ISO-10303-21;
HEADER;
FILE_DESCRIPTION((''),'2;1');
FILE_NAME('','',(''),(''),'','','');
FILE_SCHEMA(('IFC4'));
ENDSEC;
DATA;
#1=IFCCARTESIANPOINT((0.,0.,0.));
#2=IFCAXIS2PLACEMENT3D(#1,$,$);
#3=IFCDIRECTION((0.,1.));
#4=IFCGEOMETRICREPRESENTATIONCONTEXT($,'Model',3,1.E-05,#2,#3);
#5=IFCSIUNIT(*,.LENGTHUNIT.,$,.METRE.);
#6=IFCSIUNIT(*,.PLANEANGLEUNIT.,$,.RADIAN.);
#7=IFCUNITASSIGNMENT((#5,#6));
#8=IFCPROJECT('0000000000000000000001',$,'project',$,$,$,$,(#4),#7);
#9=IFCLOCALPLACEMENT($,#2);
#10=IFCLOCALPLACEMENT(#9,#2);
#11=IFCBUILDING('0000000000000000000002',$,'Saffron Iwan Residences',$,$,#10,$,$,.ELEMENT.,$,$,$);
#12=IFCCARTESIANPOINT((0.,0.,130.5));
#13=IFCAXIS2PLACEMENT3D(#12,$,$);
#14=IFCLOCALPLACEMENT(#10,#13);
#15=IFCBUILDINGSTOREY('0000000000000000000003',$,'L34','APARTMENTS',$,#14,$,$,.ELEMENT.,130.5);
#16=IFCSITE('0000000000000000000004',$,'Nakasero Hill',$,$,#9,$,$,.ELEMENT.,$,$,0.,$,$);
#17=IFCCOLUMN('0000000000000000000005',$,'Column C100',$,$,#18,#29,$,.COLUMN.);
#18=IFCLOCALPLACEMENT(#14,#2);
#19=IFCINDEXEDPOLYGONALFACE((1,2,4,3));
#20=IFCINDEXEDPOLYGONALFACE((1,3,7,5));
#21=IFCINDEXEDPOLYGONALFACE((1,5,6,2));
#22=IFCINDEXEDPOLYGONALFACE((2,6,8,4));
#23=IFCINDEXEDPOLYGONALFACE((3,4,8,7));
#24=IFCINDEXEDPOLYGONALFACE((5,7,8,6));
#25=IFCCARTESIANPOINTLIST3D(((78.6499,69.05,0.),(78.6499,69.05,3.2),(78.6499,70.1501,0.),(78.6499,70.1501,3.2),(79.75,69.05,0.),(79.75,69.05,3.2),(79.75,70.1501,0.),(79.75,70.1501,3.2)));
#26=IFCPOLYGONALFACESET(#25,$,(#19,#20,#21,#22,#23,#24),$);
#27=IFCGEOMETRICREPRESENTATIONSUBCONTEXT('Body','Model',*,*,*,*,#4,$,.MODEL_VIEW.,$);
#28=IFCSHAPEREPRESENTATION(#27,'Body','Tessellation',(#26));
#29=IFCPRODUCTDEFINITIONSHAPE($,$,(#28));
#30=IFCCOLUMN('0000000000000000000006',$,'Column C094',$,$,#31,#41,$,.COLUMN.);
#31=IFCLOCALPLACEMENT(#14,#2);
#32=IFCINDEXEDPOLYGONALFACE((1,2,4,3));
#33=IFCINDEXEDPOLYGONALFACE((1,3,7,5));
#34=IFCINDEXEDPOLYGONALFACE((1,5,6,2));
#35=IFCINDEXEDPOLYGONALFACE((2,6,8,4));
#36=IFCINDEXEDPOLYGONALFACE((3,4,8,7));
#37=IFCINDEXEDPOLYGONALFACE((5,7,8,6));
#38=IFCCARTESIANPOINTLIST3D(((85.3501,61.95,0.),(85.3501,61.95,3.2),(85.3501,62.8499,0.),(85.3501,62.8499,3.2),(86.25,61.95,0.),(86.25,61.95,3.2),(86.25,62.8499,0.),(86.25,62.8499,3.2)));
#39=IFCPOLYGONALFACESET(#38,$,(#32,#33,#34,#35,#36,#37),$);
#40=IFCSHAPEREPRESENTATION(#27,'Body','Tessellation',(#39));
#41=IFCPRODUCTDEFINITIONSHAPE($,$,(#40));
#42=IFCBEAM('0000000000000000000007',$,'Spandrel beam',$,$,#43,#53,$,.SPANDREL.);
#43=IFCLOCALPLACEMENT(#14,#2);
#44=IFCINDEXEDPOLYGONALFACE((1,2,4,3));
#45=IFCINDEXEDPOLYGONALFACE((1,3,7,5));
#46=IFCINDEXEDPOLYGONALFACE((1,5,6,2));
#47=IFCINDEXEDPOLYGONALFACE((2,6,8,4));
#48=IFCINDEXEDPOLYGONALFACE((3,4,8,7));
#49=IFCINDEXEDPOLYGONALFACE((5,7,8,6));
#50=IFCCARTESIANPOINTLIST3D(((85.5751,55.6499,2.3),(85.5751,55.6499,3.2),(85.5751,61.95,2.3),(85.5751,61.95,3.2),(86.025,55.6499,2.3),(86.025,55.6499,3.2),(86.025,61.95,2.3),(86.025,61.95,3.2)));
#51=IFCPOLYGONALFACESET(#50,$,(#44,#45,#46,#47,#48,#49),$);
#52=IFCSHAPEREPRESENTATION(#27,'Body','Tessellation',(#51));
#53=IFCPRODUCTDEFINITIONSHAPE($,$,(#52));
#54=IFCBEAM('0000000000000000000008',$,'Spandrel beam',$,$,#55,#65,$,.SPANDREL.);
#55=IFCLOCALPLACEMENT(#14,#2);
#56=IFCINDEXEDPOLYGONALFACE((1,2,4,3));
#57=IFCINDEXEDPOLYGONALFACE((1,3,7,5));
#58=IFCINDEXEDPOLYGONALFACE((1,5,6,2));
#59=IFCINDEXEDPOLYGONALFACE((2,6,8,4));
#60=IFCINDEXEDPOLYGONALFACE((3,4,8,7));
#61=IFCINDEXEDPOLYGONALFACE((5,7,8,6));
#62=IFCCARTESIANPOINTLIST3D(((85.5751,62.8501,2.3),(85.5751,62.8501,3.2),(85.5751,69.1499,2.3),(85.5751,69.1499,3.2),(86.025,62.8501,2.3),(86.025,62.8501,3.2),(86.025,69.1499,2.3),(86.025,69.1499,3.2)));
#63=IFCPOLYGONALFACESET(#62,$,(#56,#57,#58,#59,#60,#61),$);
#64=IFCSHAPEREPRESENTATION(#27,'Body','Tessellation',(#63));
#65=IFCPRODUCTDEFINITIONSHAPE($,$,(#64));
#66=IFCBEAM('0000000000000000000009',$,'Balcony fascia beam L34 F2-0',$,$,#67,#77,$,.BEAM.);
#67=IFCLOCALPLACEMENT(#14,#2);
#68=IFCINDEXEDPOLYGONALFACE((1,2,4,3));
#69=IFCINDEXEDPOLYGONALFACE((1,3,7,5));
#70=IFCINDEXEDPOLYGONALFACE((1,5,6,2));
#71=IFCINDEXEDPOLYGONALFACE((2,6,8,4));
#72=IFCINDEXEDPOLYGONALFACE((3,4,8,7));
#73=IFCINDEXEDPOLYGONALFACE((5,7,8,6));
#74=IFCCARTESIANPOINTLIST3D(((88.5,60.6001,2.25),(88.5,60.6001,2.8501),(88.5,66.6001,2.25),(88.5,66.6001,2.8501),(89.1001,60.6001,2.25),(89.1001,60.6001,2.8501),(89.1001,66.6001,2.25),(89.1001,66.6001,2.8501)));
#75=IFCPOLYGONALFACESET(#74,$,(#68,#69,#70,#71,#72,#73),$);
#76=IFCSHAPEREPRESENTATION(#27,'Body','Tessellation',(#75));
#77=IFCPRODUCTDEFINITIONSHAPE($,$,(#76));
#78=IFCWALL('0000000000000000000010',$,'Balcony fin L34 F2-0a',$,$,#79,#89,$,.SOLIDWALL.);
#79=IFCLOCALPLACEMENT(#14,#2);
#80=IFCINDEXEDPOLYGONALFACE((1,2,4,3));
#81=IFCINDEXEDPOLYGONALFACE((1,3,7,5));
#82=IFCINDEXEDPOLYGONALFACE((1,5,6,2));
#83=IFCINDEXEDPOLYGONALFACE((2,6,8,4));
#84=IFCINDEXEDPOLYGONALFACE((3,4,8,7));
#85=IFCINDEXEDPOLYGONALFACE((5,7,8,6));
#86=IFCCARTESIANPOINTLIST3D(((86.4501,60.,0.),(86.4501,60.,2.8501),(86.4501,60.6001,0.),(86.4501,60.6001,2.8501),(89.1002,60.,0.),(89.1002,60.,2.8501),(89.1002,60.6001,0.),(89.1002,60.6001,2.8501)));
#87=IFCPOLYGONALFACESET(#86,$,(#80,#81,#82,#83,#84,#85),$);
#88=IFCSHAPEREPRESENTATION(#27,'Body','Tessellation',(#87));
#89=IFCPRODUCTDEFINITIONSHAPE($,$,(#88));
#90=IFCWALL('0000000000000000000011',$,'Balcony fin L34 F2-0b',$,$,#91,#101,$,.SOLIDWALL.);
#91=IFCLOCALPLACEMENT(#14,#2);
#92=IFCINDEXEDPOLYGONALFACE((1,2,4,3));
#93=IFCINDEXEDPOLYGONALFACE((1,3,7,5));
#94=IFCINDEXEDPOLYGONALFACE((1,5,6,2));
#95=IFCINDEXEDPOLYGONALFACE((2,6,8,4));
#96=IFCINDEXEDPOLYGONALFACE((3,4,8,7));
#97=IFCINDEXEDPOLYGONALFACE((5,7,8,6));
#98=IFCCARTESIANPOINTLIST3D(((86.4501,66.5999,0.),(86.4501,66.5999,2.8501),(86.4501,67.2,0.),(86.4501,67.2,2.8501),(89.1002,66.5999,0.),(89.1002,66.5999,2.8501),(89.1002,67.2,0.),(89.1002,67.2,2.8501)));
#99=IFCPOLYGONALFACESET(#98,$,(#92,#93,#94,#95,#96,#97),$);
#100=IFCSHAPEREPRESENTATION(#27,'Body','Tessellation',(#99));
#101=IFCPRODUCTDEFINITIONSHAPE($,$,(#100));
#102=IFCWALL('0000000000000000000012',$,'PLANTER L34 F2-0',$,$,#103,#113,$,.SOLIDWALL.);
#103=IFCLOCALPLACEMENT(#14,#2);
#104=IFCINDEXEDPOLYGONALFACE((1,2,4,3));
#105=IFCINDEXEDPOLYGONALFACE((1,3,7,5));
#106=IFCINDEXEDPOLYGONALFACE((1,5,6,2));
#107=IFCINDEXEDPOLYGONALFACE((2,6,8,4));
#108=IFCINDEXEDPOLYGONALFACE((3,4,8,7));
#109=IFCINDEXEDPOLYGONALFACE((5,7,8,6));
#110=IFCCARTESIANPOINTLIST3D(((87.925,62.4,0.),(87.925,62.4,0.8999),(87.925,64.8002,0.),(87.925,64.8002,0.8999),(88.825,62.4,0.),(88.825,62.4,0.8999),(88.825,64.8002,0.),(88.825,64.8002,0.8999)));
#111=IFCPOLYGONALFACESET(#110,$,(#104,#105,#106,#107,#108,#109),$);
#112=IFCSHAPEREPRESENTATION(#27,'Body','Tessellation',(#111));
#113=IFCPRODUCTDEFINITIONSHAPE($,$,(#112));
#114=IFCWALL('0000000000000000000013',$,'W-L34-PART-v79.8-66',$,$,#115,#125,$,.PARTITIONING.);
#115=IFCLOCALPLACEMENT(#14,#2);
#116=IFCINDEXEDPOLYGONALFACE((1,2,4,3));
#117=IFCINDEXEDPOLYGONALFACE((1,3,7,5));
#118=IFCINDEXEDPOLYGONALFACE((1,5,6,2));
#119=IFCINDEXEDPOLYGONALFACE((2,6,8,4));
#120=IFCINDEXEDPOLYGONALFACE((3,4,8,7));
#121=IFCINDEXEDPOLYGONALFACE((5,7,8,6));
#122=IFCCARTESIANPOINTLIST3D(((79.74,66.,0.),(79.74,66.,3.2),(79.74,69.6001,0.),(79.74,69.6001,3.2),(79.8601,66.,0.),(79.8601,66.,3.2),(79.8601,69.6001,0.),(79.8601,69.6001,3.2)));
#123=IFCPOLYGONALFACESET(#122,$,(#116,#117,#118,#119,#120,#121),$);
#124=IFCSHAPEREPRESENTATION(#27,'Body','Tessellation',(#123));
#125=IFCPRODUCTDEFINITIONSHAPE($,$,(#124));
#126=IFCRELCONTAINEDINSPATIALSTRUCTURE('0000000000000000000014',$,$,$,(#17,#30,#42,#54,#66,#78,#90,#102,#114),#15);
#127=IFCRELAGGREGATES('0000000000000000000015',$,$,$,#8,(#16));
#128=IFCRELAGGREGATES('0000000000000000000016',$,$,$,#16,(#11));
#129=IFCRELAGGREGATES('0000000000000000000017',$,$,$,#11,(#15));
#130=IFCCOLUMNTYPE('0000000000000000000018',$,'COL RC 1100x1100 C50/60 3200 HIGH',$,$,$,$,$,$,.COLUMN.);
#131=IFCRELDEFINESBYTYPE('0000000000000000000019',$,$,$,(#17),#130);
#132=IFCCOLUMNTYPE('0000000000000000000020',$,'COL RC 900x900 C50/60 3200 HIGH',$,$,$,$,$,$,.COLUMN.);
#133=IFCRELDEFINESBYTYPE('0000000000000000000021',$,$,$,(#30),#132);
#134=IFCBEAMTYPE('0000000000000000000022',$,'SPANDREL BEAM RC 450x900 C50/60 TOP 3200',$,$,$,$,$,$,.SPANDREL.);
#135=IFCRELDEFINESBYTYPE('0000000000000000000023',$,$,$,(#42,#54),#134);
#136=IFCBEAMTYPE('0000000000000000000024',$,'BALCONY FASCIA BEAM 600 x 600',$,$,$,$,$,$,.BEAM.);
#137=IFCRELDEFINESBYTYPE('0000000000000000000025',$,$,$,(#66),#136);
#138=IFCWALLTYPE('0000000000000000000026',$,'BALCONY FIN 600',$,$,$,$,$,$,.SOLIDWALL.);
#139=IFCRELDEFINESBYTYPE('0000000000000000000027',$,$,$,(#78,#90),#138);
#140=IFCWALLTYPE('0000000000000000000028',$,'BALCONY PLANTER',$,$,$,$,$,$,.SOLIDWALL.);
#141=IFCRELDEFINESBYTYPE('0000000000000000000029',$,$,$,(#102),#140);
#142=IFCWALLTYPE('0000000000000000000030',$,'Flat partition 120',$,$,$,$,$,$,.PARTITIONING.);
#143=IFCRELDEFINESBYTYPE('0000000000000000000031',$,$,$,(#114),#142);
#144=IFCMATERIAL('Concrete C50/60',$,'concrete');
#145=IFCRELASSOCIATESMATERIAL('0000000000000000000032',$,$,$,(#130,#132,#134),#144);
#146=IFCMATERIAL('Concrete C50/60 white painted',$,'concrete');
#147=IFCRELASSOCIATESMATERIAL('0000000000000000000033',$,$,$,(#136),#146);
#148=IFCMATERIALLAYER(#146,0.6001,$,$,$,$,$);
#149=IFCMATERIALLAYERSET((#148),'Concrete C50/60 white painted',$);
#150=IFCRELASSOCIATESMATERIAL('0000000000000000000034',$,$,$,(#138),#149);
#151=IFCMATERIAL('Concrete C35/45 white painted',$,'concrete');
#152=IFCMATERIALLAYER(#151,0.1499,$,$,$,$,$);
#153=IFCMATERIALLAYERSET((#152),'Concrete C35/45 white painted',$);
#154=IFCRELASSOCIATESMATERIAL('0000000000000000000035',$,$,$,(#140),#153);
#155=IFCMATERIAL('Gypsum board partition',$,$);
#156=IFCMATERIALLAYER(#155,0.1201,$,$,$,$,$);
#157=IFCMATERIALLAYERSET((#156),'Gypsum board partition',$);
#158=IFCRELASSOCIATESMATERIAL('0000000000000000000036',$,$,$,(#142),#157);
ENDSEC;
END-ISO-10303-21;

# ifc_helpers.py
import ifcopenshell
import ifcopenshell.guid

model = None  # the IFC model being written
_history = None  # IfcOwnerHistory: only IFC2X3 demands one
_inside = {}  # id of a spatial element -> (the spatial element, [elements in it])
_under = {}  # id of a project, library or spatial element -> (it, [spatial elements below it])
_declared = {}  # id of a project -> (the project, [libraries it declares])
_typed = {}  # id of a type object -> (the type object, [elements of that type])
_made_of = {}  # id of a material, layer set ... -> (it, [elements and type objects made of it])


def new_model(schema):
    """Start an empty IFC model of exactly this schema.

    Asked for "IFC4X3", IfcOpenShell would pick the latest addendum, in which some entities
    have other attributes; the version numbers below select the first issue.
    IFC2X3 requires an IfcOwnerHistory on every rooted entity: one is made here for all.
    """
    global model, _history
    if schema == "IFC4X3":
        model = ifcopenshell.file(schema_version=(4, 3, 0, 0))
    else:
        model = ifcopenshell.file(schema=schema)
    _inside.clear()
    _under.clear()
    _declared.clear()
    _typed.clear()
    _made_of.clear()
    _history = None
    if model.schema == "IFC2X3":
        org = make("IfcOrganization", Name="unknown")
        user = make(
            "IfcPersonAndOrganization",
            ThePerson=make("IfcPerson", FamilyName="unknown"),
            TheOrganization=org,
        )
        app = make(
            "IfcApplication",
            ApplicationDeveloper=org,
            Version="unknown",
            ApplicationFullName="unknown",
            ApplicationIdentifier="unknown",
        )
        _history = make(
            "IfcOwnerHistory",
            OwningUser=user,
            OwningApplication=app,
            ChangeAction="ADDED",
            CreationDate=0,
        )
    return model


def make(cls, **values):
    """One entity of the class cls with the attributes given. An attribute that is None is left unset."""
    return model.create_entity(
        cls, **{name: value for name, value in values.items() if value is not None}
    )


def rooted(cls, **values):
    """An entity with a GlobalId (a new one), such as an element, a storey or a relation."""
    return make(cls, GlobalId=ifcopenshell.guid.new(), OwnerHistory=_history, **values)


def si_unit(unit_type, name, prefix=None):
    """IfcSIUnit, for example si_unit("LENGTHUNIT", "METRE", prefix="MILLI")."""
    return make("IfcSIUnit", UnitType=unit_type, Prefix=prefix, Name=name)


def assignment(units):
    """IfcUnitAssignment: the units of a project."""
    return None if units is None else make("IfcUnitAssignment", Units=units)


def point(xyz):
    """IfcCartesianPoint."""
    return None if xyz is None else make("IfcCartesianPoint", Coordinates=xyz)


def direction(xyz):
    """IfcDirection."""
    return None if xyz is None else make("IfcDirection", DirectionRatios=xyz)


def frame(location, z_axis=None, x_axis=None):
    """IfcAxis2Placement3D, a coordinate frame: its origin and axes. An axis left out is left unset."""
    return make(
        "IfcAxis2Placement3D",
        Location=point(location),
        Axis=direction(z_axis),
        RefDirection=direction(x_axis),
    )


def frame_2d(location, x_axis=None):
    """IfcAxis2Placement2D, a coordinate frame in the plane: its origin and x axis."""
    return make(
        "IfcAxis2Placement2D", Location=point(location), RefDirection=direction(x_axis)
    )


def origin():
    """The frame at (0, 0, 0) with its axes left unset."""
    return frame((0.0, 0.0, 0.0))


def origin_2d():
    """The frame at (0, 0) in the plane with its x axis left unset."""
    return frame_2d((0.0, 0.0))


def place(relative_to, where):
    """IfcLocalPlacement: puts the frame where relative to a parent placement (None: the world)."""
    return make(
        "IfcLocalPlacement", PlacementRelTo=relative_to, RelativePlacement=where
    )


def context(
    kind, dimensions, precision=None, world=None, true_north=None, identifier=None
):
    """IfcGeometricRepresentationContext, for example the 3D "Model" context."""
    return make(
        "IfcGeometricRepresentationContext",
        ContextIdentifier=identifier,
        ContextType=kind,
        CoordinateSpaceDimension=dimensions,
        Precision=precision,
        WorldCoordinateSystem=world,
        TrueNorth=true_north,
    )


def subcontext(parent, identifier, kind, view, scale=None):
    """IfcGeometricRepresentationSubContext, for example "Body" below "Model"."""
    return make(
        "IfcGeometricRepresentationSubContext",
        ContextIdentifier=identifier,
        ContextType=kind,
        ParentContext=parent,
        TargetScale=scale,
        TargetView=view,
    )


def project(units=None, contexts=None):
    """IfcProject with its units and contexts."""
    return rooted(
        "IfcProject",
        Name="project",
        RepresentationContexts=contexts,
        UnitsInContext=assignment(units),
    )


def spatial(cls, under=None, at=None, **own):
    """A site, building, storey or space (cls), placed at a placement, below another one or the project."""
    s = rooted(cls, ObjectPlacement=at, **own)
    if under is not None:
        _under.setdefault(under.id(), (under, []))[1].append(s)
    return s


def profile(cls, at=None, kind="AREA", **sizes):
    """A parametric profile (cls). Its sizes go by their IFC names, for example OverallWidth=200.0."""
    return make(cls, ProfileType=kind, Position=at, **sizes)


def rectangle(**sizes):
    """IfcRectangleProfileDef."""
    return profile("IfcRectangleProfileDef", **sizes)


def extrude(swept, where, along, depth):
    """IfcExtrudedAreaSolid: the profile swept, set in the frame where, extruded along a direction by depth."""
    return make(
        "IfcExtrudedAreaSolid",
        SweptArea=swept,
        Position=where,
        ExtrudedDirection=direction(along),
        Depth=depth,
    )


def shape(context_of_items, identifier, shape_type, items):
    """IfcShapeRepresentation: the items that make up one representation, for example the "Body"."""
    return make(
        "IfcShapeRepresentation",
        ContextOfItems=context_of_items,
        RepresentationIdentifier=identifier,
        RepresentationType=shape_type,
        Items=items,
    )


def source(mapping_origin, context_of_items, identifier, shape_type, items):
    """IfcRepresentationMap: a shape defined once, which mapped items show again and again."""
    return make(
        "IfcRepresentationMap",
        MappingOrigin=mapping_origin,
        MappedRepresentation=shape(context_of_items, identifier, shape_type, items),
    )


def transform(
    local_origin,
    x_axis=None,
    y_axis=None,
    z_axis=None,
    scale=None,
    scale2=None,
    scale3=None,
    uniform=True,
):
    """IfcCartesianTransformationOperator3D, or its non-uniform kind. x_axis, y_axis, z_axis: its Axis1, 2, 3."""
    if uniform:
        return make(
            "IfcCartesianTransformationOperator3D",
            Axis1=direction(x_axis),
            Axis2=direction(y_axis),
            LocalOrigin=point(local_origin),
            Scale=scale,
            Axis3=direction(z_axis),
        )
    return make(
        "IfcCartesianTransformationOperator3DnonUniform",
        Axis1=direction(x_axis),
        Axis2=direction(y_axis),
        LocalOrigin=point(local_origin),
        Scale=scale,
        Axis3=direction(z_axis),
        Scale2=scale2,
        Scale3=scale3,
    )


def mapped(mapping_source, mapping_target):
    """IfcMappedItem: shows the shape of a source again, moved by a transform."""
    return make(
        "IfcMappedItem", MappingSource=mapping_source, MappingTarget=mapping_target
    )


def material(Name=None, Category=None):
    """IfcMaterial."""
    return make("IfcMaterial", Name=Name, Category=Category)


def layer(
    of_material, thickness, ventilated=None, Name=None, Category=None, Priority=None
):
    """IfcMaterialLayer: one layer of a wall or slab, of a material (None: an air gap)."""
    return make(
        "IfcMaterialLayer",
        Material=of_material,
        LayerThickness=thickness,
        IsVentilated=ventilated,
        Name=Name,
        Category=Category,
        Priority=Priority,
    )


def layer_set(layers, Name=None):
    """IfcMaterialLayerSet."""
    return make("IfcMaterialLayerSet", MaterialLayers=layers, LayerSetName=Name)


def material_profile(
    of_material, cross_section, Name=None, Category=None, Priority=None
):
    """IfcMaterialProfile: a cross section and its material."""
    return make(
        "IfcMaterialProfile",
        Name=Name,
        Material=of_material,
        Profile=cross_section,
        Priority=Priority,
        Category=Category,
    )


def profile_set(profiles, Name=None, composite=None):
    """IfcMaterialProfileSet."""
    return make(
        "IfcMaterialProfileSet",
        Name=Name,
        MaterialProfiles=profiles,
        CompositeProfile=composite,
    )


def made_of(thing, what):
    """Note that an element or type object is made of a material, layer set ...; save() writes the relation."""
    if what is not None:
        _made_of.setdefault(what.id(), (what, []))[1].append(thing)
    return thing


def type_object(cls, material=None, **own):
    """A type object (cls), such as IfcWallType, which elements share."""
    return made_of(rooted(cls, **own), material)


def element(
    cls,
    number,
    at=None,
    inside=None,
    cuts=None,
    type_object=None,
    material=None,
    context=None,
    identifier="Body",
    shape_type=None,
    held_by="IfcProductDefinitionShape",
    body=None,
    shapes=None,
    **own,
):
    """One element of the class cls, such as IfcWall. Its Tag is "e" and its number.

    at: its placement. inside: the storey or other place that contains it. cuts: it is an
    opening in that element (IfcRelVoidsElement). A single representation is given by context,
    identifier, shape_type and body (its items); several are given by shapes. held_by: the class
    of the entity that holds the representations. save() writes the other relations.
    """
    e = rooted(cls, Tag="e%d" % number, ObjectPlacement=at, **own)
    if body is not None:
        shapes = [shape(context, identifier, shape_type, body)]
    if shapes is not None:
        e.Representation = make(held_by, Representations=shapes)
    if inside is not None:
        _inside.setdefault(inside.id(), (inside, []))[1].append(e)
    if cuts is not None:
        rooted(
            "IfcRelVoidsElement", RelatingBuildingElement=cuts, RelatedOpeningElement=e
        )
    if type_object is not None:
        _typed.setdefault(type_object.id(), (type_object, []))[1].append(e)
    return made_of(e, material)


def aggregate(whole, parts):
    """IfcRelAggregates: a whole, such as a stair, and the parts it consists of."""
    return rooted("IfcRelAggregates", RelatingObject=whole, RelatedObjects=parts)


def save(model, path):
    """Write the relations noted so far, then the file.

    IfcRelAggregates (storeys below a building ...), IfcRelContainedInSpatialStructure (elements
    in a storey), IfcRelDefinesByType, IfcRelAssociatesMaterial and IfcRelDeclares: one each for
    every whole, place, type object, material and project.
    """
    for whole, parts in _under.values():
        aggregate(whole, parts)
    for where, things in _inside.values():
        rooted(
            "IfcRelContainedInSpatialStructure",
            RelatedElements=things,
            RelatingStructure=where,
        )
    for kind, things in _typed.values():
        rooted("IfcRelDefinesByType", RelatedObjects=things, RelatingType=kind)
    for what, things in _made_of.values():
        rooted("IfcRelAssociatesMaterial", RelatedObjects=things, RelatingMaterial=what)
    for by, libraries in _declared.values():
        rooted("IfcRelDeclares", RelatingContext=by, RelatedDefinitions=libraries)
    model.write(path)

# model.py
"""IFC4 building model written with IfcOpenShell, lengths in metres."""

from ifc_helpers import new_model, si_unit, direction, frame, frame_2d, origin, origin_2d, place, context, subcontext, project, spatial, rectangle, extrude, source, transform, mapped, material, layer, layer_set, material_profile, profile_set, type_object, element, save


model = new_model("IFC4")

# Units and contexts
model_context = context("Model", 3, precision=1e-05, world=origin(), true_north=direction((0.0, 1.0)))
body_context = subcontext(model_context, "Body", "Model", "MODEL_VIEW")
ifc_project = project(units=[si_unit("LENGTHUNIT", "METRE"), si_unit("PLANEANGLEUNIT", "RADIAN")], contexts=[model_context])

# Site, building, storey
site_placement = place(None, origin())
site = spatial("IfcSite", under=ifc_project, at=site_placement, Name="Nakasero Hill", CompositionType="ELEMENT", RefElevation=0.0)
building_placement = place(site_placement, origin())
building = spatial("IfcBuilding", under=site, at=building_placement, Name="Saffron Iwan Residences", CompositionType="ELEMENT")
storey_placement = place(building_placement, frame((0.0, 0.0, 130.5)))
storey = spatial("IfcBuildingStorey", under=building, at=storey_placement, Name="L34", Description="APARTMENTS", CompositionType="ELEMENT", Elevation=130.5)

# Columns
ifc_material_1 = material(Name="Concrete C50/60", Category="concrete")
ifc_material_profile_1 = material_profile(ifc_material_1, rectangle(XDim=1.1001, YDim=1.1001, at=origin_2d()), Name="RC 1100x1100")
ifc_profile_set_1 = profile_set([ifc_material_profile_1], Name="Concrete C50/60")
column_type_1 = type_object("IfcColumnType", Name="COL RC 1100x1100 C50/60 3200 HIGH", PredefinedType="COLUMN", material=ifc_profile_set_1)
shared_shape_1 = source(origin(), body_context, "Body", "SweptSolid", [
    extrude(rectangle(XDim=1.1001, YDim=1.1001, at=origin_2d()), origin(), (0.0, 0.0, 1.0), 3.2),
])
column_1_placement = place(storey_placement, frame((79.2, 69.6001, 0.0), z_axis=(0.0, 0.0, 1.0), x_axis=(1.0, 0.0, 0.0)))
element("IfcColumn", 1, at=column_1_placement, inside=storey, type_object=column_type_1, Name="Column C100", PredefinedType="COLUMN", context=body_context, shape_type="MappedRepresentation", body=[
    mapped(shared_shape_1, transform((0.0, 0.0, 0.0))),
])
ifc_material_profile_2 = material_profile(ifc_material_1, rectangle(XDim=0.8999, YDim=0.8999, at=origin_2d()), Name="RC 900x900")
ifc_profile_set_2 = profile_set([ifc_material_profile_2], Name="Concrete C50/60")
column_type_2 = type_object("IfcColumnType", Name="COL RC 900x900 C50/60 3200 HIGH", PredefinedType="COLUMN", material=ifc_profile_set_2)
shared_shape_2 = source(origin(), body_context, "Body", "SweptSolid", [
    extrude(rectangle(XDim=0.8999, YDim=0.8999, at=origin_2d()), origin(), (0.0, 0.0, 1.0), 3.2),
])
column_2_placement = place(storey_placement, frame((85.8, 62.3999, 0.0), z_axis=(0.0, 0.0, 1.0), x_axis=(1.0, 0.0, 0.0)))
element("IfcColumn", 2, at=column_2_placement, inside=storey, type_object=column_type_2, Name="Column C094", PredefinedType="COLUMN", context=body_context, shape_type="MappedRepresentation", body=[
    mapped(shared_shape_2, transform((0.0, 0.0, 0.0))),
])

# Beams
ifc_material_profile_3 = material_profile(ifc_material_1, rectangle(XDim=0.45, YDim=0.8999, at=origin_2d()), Name="RC 450x900")
ifc_profile_set_3 = profile_set([ifc_material_profile_3], Name="Concrete C50/60")
beam_type_1 = type_object("IfcBeamType", Name="SPANDREL BEAM RC 450x900 C50/60 TOP 3200", PredefinedType="SPANDREL", material=ifc_profile_set_3)
shared_shape_3 = source(origin(), body_context, "Body", "SweptSolid", [
    extrude(rectangle(XDim=0.45, YDim=0.8999, at=origin_2d()), origin(), (0.0, 0.0, 1.0), 6.3),
])
beam_1_placement = place(storey_placement, frame((85.8, 61.95, 2.75), z_axis=(0.0, -1.0, 0.0), x_axis=(1.0, 0.0, 0.0)))
element("IfcBeam", 3, at=beam_1_placement, inside=storey, type_object=beam_type_1, Name="Spandrel beam", PredefinedType="SPANDREL", context=body_context, shape_type="MappedRepresentation", body=[
    mapped(shared_shape_3, transform((0.0, 0.0, 0.0))),
])
shared_shape_4 = source(origin(), body_context, "Body", "SweptSolid", [
    extrude(rectangle(XDim=0.45, YDim=0.8999, at=origin_2d()), origin(), (0.0, 0.0, 1.0), 6.2998),
])
beam_2_placement = place(storey_placement, frame((85.8, 69.1499, 2.75), z_axis=(0.0, -1.0, 0.0), x_axis=(1.0, 0.0, 0.0)))
element("IfcBeam", 4, at=beam_2_placement, inside=storey, type_object=beam_type_1, Name="Spandrel beam", PredefinedType="SPANDREL", context=body_context, shape_type="MappedRepresentation", body=[
    mapped(shared_shape_4, transform((0.0, 0.0, 0.0))),
])
ifc_material_2 = material(Name="Concrete C50/60 white painted", Category="concrete")
ifc_material_profile_4 = material_profile(ifc_material_2, rectangle(XDim=0.6001, YDim=0.6001, at=origin_2d()), Name="BALCONY FASCIA BEAM 600 x 600")
ifc_profile_set_4 = profile_set([ifc_material_profile_4], Name="Concrete C50/60 white painted")
beam_type_2 = type_object("IfcBeamType", Name="BALCONY FASCIA BEAM 600 x 600", PredefinedType="BEAM", material=ifc_profile_set_4)
shared_shape_5 = source(origin(), body_context, "Body", "SweptSolid", [
    extrude(rectangle(XDim=0.6001, YDim=0.6001, at=origin_2d()), origin(), (0.0, 0.0, 1.0), 6.0),
])
beam_3_placement = place(storey_placement, frame((88.8, 60.6001, 2.55), z_axis=(0.0, 1.0, 0.0), x_axis=(-1.0, 0.0, 0.0)))
element("IfcBeam", 5, at=beam_3_placement, inside=storey, type_object=beam_type_2, Name="Balcony fascia beam L34 F2-0", PredefinedType="BEAM", context=body_context, shape_type="MappedRepresentation", body=[
    mapped(shared_shape_5, transform((0.0, 0.0, 0.0))),
])

# Walls
ifc_layer_1 = layer(ifc_material_2, 0.6001)
ifc_layer_set_1 = layer_set([ifc_layer_1], Name="Concrete C50/60 white painted")
wall_type_1 = type_object("IfcWallType", Name="BALCONY FIN 600", PredefinedType="SOLIDWALL", material=ifc_layer_set_1)
for number, where, z_axis, x_axis, name in (
    (6, (86.45, 60.3, 0.0), (0.0, 0.0, 1.0), (1.0, 0.0, 0.0), "Balcony fin L34 F2-0a"),
    (7, (86.45, 66.8999, 0.0), (0.0, 0.0, 1.0), (1.0, 0.0, 0.0), "Balcony fin L34 F2-0b"),
):
    element("IfcWall", number, at=place(storey_placement, frame(where, z_axis=z_axis, x_axis=x_axis)), inside=storey, type_object=wall_type_1, Name=name, PredefinedType="SOLIDWALL", context=body_context, shape_type="SweptSolid", body=[
        extrude(rectangle(XDim=2.6501, YDim=0.6001, at=frame_2d((1.3252, 0.0))), origin(), (0.0, 0.0, 1.0), 2.8501),
    ])
ifc_material_3 = material(Name="Concrete C35/45 white painted", Category="concrete")
ifc_layer_2 = layer(ifc_material_3, 0.1499)
ifc_layer_set_2 = layer_set([ifc_layer_2], Name="Concrete C35/45 white painted")
wall_type_2 = type_object("IfcWallType", Name="BALCONY PLANTER", PredefinedType="SOLIDWALL", material=ifc_layer_set_2)
wall_1_placement = place(storey_placement, frame((88.375, 62.3999, 0.0), z_axis=(0.0, 0.0, 1.0), x_axis=(0.0, 1.0, 0.0)))
element("IfcWall", 8, at=wall_1_placement, inside=storey, type_object=wall_type_2, Name="PLANTER L34 F2-0", PredefinedType="SOLIDWALL", context=body_context, shape_type="SweptSolid", body=[
    extrude(rectangle(XDim=2.4001, YDim=0.8999, at=frame_2d((1.2002, 0.0))), origin(), (0.0, 0.0, 1.0), 0.8999),
])
ifc_material_4 = material(Name="Gypsum board partition")
ifc_layer_3 = layer(ifc_material_4, 0.1201)
ifc_layer_set_3 = layer_set([ifc_layer_3], Name="Gypsum board partition")
wall_type_3 = type_object("IfcWallType", Name="Flat partition 120", PredefinedType="PARTITIONING", material=ifc_layer_set_3)
wall_2_placement = place(storey_placement, frame((79.8, 66.0, 0.0), z_axis=(0.0, 0.0, 1.0), x_axis=(0.0, 1.0, 0.0)))
element("IfcWall", 9, at=wall_2_placement, inside=storey, type_object=wall_type_3, Name="W-L34-PART-v79.8-66", PredefinedType="PARTITIONING", context=body_context, shape_type="SweptSolid", body=[
    extrude(rectangle(XDim=3.6001, YDim=0.1201, at=frame_2d((1.8, 0.0))), origin(), (0.0, 0.0, 1.0), 3.2),
])

save(model, "model.ifc")
